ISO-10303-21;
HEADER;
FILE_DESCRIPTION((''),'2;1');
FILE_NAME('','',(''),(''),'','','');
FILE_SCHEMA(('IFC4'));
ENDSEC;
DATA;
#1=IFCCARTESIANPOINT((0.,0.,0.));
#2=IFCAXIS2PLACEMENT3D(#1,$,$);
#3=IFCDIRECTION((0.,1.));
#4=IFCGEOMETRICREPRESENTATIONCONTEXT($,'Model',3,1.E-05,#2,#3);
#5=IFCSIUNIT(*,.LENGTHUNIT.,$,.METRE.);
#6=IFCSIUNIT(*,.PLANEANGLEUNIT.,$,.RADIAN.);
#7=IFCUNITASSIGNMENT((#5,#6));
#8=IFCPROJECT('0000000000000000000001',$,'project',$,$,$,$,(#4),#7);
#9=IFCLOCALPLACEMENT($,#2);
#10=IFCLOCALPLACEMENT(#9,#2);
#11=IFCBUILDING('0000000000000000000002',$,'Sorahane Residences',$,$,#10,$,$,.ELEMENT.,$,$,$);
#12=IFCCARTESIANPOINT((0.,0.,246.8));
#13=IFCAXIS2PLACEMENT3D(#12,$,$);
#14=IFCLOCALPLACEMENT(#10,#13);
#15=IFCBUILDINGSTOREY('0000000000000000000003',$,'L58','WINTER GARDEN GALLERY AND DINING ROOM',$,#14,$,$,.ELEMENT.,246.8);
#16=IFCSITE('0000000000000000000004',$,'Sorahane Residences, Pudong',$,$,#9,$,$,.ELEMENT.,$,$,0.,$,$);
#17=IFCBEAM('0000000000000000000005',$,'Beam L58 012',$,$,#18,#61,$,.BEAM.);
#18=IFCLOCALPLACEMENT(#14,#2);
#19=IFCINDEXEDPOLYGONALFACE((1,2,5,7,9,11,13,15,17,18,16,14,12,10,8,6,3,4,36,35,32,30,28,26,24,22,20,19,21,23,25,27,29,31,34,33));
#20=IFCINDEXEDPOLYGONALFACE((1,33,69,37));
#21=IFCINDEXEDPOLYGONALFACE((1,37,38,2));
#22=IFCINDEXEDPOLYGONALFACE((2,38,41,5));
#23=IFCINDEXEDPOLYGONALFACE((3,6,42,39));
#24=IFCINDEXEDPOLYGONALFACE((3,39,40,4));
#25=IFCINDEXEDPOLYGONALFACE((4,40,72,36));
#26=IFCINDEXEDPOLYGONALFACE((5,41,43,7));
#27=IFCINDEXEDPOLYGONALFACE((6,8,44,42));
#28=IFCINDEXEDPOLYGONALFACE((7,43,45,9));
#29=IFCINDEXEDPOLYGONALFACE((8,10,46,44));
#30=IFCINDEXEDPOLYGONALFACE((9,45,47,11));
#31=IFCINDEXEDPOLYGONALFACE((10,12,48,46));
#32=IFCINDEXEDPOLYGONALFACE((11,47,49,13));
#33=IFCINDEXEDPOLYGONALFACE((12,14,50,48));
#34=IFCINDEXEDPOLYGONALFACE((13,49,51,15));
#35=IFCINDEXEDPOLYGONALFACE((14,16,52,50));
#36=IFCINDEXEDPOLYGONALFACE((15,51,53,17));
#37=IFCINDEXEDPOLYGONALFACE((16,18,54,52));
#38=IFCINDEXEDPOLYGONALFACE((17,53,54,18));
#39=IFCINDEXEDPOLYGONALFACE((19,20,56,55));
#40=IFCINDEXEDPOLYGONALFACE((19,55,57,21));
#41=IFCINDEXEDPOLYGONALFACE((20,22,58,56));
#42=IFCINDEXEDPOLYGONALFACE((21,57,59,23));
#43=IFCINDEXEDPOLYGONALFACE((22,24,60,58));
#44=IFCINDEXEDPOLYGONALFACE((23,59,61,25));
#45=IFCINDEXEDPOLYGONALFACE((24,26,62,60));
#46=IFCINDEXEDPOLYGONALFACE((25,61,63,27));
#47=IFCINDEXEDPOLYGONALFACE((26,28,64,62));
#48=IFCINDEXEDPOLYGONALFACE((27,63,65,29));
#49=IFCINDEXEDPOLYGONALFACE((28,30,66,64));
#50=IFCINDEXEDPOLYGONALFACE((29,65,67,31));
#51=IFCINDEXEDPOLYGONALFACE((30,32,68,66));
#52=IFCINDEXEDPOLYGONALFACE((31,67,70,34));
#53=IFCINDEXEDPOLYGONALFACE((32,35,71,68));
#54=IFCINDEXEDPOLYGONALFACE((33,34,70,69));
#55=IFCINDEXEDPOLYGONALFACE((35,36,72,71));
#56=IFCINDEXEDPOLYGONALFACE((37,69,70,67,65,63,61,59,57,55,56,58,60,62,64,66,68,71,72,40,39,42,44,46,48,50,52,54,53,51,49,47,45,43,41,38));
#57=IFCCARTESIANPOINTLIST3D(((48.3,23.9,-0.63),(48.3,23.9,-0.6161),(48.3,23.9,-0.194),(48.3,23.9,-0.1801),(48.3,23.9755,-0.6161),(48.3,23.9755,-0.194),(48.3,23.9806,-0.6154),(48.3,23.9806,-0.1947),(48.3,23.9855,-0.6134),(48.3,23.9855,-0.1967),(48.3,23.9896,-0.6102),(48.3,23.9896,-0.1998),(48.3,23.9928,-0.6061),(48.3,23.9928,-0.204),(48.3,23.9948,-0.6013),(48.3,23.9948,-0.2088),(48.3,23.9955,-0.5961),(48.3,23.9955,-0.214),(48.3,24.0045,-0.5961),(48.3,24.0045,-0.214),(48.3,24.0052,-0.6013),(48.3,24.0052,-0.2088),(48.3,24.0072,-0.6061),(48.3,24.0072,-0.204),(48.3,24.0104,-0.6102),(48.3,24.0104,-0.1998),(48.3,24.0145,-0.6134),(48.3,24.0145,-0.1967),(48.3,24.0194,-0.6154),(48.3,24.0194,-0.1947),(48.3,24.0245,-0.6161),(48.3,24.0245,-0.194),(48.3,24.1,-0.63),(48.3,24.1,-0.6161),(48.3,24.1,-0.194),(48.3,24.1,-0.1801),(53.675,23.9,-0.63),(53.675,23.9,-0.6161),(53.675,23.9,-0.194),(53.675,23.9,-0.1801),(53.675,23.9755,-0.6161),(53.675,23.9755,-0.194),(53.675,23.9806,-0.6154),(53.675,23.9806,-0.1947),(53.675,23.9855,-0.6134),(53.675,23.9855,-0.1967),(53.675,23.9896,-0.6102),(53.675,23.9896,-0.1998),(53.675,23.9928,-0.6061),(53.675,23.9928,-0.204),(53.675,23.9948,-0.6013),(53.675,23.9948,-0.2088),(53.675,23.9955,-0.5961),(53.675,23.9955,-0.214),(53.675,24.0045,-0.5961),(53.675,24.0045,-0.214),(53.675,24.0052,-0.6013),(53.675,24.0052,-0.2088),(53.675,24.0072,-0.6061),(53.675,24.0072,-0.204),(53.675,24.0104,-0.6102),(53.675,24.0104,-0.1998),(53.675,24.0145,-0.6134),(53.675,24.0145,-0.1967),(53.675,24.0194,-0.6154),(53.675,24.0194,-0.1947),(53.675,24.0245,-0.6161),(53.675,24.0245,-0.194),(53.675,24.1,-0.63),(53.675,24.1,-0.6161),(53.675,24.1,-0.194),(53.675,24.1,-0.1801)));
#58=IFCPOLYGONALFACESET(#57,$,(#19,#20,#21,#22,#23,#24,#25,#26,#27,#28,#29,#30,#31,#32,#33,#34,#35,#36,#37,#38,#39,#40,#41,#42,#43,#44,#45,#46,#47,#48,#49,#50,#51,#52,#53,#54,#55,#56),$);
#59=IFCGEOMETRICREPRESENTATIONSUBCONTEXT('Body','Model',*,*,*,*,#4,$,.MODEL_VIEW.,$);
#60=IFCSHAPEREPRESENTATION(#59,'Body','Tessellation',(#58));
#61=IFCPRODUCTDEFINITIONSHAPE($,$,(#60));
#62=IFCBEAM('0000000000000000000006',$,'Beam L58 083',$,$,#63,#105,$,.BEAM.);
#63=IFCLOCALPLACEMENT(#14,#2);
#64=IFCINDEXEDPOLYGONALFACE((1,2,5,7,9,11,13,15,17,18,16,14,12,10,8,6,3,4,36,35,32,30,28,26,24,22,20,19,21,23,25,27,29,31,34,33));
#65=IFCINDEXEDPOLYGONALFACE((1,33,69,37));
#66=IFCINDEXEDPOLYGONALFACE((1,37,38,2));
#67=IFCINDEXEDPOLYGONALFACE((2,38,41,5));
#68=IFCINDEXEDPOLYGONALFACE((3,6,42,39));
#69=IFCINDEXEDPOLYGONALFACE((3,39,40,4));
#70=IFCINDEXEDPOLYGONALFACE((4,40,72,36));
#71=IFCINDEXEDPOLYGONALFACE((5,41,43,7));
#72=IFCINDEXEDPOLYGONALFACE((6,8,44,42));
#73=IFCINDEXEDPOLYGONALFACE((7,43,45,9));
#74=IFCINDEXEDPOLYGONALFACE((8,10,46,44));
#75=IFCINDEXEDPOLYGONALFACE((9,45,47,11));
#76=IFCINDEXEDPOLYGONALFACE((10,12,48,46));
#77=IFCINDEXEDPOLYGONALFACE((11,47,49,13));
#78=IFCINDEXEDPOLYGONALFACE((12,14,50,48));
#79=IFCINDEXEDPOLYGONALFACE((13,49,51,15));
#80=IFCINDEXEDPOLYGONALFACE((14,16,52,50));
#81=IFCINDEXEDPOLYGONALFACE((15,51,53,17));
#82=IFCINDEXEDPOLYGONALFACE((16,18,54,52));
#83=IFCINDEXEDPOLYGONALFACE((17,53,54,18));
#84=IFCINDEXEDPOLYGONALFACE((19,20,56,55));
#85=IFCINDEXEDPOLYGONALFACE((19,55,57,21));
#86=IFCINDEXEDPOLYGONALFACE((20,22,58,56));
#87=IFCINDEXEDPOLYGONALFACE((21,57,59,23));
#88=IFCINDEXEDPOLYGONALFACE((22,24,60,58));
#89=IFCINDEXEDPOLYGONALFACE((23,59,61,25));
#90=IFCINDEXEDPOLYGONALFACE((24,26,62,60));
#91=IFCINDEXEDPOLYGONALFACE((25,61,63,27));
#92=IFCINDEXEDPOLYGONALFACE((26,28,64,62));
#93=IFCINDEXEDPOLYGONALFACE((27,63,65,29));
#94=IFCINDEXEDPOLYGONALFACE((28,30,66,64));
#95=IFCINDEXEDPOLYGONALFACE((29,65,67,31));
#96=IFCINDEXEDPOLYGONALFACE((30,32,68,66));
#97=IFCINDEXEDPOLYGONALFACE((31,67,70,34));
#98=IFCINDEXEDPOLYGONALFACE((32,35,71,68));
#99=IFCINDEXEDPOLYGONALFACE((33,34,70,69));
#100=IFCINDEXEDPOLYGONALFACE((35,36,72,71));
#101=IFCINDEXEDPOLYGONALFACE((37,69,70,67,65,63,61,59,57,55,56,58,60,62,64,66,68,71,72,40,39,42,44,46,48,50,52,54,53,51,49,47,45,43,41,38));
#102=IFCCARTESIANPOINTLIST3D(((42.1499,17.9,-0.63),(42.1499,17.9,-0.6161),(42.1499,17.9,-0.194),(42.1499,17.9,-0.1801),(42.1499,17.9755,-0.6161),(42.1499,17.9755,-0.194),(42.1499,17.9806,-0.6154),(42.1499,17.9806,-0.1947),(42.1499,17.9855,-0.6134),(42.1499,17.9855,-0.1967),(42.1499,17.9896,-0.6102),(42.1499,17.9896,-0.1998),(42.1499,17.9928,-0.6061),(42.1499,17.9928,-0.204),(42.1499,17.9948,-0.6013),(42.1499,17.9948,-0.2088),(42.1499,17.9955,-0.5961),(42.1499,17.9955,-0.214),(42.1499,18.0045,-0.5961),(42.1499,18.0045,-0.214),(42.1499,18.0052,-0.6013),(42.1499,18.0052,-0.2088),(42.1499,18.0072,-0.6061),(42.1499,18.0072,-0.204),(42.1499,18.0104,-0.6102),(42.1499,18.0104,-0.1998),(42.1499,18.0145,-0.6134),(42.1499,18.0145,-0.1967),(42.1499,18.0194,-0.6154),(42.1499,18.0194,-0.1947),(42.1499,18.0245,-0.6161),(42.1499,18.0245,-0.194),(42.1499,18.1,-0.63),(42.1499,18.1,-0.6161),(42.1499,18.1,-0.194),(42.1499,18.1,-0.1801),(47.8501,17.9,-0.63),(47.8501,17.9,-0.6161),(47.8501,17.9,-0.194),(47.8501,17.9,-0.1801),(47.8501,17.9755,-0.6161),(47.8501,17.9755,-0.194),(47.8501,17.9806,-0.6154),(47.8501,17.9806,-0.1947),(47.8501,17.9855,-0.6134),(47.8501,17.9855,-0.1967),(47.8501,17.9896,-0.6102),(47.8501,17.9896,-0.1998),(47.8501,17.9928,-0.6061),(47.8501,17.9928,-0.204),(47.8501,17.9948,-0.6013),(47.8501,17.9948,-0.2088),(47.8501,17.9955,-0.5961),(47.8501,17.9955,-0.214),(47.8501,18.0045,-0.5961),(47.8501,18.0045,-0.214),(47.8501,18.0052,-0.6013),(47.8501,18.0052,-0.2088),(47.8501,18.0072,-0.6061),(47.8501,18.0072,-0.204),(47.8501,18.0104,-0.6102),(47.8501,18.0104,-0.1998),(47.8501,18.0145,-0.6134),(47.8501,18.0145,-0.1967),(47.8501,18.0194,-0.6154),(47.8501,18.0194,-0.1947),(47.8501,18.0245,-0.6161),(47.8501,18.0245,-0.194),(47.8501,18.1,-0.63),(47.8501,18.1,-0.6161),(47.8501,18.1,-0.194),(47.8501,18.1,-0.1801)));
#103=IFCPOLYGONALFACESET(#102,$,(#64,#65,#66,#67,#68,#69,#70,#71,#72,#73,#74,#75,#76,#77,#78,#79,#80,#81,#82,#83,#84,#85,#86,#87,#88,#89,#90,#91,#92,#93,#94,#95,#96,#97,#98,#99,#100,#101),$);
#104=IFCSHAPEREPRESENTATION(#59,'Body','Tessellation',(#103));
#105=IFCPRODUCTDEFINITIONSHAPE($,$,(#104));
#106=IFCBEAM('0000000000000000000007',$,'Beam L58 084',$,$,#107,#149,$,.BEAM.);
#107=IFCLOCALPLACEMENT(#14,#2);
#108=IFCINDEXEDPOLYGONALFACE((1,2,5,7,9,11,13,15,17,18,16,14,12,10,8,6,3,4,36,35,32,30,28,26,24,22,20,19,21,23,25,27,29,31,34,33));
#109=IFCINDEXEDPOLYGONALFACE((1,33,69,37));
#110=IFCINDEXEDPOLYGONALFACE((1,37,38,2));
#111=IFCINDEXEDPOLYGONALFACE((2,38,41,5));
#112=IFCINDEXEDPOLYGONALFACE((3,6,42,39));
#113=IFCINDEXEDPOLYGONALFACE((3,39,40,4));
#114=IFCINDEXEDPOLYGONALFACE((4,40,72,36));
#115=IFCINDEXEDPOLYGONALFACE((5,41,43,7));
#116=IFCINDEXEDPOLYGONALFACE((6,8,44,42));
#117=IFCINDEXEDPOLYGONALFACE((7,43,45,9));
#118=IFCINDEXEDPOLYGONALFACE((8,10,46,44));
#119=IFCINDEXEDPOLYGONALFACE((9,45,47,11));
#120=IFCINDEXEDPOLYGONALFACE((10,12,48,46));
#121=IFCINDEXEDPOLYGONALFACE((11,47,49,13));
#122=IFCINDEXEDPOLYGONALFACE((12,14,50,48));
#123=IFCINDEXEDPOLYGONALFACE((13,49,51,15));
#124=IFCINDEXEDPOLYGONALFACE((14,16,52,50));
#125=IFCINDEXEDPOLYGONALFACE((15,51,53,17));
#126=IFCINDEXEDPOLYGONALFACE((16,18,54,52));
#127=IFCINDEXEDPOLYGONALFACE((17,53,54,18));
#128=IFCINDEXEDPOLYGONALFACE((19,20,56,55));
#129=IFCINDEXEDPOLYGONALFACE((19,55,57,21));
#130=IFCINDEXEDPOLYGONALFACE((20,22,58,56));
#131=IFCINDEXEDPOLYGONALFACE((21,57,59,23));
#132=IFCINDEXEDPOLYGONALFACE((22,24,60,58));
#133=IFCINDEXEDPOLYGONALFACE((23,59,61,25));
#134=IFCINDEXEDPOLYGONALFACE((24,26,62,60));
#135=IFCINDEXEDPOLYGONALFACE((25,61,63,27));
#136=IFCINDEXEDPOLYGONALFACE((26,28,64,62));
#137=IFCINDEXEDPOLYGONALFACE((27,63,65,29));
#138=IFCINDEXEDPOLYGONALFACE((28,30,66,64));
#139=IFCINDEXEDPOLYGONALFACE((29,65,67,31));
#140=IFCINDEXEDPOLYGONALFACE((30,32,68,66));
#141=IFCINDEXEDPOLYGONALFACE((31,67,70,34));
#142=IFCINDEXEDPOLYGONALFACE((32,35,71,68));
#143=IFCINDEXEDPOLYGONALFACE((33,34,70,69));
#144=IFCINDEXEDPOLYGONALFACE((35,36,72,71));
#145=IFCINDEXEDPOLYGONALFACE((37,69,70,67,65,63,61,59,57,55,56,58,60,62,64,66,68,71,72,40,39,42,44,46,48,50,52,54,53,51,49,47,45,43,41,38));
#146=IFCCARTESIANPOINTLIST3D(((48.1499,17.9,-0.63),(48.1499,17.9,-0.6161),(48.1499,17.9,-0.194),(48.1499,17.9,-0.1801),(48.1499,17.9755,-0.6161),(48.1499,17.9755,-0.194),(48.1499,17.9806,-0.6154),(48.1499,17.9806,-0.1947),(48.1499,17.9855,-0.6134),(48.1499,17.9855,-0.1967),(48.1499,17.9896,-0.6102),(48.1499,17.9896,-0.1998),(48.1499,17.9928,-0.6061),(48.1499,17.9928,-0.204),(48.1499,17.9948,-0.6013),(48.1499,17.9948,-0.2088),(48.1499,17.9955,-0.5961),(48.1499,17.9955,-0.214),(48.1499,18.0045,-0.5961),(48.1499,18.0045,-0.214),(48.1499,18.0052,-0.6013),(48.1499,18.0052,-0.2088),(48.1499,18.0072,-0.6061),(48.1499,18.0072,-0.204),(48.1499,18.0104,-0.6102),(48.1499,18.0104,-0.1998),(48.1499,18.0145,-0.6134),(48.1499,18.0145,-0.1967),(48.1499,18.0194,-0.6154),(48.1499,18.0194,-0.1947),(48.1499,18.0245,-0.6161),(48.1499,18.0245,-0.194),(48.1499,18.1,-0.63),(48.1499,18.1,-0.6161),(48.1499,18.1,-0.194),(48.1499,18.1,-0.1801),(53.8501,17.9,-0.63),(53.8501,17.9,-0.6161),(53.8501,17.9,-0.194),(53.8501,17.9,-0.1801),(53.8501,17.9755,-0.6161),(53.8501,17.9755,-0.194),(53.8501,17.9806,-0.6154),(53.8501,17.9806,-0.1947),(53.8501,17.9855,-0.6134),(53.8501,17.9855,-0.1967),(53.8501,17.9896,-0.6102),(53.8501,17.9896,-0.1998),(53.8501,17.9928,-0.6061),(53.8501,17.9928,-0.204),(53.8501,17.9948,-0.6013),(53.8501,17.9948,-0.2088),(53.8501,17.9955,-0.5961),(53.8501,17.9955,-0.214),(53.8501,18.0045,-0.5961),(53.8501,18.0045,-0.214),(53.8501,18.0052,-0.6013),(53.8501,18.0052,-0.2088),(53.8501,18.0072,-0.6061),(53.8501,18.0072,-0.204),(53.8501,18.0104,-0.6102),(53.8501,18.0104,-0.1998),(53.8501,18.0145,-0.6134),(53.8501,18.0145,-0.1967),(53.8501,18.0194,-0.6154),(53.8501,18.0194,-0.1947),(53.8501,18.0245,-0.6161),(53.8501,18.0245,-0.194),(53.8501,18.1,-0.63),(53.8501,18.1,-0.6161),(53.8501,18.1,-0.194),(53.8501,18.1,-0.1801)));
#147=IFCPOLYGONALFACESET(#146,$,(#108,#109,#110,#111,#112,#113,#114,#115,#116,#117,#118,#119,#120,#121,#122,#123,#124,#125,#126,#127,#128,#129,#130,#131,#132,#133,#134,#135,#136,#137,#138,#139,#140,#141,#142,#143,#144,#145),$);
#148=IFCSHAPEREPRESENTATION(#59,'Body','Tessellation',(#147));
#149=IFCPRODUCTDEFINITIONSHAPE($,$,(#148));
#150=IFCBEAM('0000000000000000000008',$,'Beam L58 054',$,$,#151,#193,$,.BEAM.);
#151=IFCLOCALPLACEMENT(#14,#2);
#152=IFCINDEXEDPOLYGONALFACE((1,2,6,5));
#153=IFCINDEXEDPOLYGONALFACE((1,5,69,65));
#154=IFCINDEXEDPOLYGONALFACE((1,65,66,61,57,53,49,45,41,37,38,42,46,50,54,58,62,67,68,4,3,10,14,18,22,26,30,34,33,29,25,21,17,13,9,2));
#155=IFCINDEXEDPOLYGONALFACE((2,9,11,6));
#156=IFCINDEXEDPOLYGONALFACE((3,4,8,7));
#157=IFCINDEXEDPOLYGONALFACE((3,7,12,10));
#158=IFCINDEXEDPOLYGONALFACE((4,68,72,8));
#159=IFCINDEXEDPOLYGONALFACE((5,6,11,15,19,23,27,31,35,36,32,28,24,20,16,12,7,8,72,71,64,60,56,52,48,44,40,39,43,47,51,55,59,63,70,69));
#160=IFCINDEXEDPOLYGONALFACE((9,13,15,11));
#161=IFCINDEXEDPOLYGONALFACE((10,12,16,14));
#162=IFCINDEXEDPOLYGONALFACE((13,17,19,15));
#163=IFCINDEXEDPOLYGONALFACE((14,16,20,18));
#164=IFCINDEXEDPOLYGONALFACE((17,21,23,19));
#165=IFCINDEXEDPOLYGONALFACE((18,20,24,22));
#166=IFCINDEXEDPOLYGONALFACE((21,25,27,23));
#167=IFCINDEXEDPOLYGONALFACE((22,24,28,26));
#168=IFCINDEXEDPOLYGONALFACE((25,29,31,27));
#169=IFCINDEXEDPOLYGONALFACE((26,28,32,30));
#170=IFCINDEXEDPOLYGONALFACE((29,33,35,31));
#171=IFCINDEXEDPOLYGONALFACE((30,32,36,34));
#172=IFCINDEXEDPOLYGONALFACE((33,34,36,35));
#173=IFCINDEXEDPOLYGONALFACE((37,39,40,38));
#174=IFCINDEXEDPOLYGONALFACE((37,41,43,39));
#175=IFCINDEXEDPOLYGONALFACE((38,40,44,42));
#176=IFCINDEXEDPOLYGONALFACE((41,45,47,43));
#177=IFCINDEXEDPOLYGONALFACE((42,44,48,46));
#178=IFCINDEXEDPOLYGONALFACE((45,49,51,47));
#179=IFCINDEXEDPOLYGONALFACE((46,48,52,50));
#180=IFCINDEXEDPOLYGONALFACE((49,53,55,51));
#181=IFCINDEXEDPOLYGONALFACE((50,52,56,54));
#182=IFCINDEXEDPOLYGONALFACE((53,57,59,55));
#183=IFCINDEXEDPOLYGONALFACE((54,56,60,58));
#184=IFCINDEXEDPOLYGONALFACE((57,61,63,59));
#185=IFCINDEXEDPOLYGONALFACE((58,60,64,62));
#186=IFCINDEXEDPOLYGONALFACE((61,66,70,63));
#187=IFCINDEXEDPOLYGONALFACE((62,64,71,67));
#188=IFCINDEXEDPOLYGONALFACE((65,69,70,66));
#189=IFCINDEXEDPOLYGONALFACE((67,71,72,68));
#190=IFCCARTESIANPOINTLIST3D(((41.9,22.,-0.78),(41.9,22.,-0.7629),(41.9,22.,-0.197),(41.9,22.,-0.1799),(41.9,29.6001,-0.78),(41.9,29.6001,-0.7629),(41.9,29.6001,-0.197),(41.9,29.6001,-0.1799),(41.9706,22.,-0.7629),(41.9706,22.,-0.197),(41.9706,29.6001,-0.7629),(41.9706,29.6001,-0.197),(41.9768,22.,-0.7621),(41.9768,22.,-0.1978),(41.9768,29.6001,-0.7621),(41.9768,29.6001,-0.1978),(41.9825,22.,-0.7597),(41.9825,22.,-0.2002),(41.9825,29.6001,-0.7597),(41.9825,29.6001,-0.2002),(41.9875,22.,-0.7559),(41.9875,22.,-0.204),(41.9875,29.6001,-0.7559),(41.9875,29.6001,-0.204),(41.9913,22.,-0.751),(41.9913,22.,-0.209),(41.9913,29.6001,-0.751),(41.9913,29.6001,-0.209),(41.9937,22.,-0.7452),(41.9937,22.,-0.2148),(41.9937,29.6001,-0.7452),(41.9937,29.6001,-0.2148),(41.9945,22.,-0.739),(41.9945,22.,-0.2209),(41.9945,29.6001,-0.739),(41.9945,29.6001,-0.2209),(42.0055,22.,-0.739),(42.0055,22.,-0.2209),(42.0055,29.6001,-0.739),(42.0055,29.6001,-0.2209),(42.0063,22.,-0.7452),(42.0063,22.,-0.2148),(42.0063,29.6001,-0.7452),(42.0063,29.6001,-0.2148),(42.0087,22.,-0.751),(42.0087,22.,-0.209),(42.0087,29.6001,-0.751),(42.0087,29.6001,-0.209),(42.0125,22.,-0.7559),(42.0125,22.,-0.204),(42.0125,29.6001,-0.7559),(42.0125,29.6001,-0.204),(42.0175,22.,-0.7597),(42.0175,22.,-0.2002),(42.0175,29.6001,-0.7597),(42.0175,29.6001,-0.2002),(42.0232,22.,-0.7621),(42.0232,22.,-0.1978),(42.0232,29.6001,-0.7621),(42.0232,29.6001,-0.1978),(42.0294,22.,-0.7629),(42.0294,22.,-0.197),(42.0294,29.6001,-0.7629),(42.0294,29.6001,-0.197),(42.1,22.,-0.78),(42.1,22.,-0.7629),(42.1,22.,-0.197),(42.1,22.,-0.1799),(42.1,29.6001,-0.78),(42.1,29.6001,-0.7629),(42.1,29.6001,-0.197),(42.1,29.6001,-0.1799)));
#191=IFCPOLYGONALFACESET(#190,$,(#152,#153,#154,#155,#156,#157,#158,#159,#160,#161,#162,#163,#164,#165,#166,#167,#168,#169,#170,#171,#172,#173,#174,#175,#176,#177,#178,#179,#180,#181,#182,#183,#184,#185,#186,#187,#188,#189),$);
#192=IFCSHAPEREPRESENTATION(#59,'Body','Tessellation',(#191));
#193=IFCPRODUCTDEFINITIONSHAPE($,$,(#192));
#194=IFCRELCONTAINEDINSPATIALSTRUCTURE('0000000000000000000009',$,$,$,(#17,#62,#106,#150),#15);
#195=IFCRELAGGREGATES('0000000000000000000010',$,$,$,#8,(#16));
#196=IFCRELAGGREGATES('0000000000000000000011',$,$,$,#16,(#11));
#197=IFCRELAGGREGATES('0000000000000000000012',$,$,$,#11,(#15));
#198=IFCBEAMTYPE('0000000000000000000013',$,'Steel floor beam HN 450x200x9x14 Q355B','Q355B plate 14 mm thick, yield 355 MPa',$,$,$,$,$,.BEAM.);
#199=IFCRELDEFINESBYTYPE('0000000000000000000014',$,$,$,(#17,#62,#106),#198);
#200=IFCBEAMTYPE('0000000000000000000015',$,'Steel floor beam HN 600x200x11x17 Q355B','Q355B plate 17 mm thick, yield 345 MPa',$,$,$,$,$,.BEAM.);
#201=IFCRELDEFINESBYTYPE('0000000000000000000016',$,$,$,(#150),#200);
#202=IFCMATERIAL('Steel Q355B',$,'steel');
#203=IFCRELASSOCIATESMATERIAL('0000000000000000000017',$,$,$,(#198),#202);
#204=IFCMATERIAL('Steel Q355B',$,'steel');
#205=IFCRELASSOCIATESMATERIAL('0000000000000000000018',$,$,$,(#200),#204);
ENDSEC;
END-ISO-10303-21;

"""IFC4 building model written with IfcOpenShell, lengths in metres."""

from ifc_helpers import new_model, si_unit, direction, frame, origin, origin_2d, place, context, subcontext, project, spatial, i_section, extrude, material, material_profile, profile_set, type_object, element, save


model = new_model("IFC4")

# Units and contexts
model_context = context("Model", 3, precision=1e-05, world=origin(), true_north=direction((0.0, 1.0)))
body_context = subcontext(model_context, "Body", "Model", "MODEL_VIEW")
ifc_project = project(units=[si_unit("LENGTHUNIT", "METRE"), si_unit("PLANEANGLEUNIT", "RADIAN")], contexts=[model_context])

# Site, building, storey
site_placement = place(None, origin())
site = spatial("IfcSite", under=ifc_project, at=site_placement, Name="Sorahane Residences, Pudong", CompositionType="ELEMENT", RefElevation=0.0)
building_placement = place(site_placement, origin())
building = spatial("IfcBuilding", under=site, at=building_placement, Name="Sorahane Residences", CompositionType="ELEMENT")
storey_placement = place(building_placement, frame((0.0, 0.0, 246.8)))
storey = spatial("IfcBuildingStorey", under=building, at=storey_placement, Name="L58", Description="WINTER GARDEN GALLERY AND DINING ROOM", CompositionType="ELEMENT", Elevation=246.8)

# Beams
ifc_material_1 = material(Name="Steel Q355B", Category="steel")
ifc_material_profile_1 = material_profile(ifc_material_1, i_section(OverallWidth=0.2, OverallDepth=0.45, WebThickness=0.009, FlangeThickness=0.0139, FilletRadius=0.02, at=origin_2d()), Name="HN 450x200x9x14")
ifc_profile_set_1 = profile_set([ifc_material_profile_1], Name="Steel Q355B")
beam_type_1 = type_object("IfcBeamType", Name="Steel floor beam HN 450x200x9x14 Q355B", Description="Q355B plate 14 mm thick, yield 355 MPa", PredefinedType="BEAM", material=ifc_profile_set_1)
for number, where, z_axis, x_axis, name in (
    (1, (48.3, 24.0, -0.405), (1.0, 0.0, 0.0), (0.0, 1.0, 0.0), "Beam L58 012"),
):
    element("IfcBeam", number, at=place(storey_placement, frame(where, z_axis=z_axis, x_axis=x_axis)), inside=storey, type_object=beam_type_1, Name=name, PredefinedType="BEAM", context=body_context, shape_type="SweptSolid", body=[
        extrude(i_section(OverallWidth=0.2, OverallDepth=0.45, WebThickness=0.009, FlangeThickness=0.0139, FilletRadius=0.02, at=origin_2d()), origin(), (0.0, 0.0, 1.0), 5.375),
    ])
for number, where, z_axis, x_axis, name in (
    (2, (42.1499, 18.0, -0.405), (1.0, 0.0, 0.0), (0.0, 1.0, 0.0), "Beam L58 083"),
    (3, (48.1499, 18.0, -0.405), (1.0, 0.0, 0.0), (0.0, 1.0, 0.0), "Beam L58 084"),
):
    element("IfcBeam", number, at=place(storey_placement, frame(where, z_axis=z_axis, x_axis=x_axis)), inside=storey, type_object=beam_type_1, Name=name, PredefinedType="BEAM", context=body_context, shape_type="SweptSolid", body=[
        extrude(i_section(OverallWidth=0.2, OverallDepth=0.45, WebThickness=0.009, FlangeThickness=0.0139, FilletRadius=0.02, at=origin_2d()), origin(), (0.0, 0.0, 1.0), 5.7002),
    ])
ifc_material_2 = material(Name="Steel Q355B", Category="steel")
ifc_material_profile_2 = material_profile(ifc_material_2, i_section(OverallWidth=0.2, OverallDepth=0.6001, WebThickness=0.011, FlangeThickness=0.0171, FilletRadius=0.0239, at=origin_2d()), Name="HN 600x200x11x17")
ifc_profile_set_2 = profile_set([ifc_material_profile_2], Name="Steel Q355B")
beam_type_2 = type_object("IfcBeamType", Name="Steel floor beam HN 600x200x11x17 Q355B", Description="Q355B plate 17 mm thick, yield 345 MPa", PredefinedType="BEAM", material=ifc_profile_set_2)
beam_1_placement = place(storey_placement, frame((42.0, 22.0, -0.48), z_axis=(0.0, 1.0, 0.0), x_axis=(-1.0, 0.0, 0.0)))
element("IfcBeam", 4, at=beam_1_placement, inside=storey, type_object=beam_type_2, Name="Beam L58 054", PredefinedType="BEAM", context=body_context, shape_type="SweptSolid", body=[
    extrude(i_section(OverallWidth=0.2, OverallDepth=0.6001, WebThickness=0.011, FlangeThickness=0.0171, FilletRadius=0.0239, at=origin_2d()), origin(), (0.0, 0.0, 1.0), 7.6001),
])

save(model, "model.ifc")
